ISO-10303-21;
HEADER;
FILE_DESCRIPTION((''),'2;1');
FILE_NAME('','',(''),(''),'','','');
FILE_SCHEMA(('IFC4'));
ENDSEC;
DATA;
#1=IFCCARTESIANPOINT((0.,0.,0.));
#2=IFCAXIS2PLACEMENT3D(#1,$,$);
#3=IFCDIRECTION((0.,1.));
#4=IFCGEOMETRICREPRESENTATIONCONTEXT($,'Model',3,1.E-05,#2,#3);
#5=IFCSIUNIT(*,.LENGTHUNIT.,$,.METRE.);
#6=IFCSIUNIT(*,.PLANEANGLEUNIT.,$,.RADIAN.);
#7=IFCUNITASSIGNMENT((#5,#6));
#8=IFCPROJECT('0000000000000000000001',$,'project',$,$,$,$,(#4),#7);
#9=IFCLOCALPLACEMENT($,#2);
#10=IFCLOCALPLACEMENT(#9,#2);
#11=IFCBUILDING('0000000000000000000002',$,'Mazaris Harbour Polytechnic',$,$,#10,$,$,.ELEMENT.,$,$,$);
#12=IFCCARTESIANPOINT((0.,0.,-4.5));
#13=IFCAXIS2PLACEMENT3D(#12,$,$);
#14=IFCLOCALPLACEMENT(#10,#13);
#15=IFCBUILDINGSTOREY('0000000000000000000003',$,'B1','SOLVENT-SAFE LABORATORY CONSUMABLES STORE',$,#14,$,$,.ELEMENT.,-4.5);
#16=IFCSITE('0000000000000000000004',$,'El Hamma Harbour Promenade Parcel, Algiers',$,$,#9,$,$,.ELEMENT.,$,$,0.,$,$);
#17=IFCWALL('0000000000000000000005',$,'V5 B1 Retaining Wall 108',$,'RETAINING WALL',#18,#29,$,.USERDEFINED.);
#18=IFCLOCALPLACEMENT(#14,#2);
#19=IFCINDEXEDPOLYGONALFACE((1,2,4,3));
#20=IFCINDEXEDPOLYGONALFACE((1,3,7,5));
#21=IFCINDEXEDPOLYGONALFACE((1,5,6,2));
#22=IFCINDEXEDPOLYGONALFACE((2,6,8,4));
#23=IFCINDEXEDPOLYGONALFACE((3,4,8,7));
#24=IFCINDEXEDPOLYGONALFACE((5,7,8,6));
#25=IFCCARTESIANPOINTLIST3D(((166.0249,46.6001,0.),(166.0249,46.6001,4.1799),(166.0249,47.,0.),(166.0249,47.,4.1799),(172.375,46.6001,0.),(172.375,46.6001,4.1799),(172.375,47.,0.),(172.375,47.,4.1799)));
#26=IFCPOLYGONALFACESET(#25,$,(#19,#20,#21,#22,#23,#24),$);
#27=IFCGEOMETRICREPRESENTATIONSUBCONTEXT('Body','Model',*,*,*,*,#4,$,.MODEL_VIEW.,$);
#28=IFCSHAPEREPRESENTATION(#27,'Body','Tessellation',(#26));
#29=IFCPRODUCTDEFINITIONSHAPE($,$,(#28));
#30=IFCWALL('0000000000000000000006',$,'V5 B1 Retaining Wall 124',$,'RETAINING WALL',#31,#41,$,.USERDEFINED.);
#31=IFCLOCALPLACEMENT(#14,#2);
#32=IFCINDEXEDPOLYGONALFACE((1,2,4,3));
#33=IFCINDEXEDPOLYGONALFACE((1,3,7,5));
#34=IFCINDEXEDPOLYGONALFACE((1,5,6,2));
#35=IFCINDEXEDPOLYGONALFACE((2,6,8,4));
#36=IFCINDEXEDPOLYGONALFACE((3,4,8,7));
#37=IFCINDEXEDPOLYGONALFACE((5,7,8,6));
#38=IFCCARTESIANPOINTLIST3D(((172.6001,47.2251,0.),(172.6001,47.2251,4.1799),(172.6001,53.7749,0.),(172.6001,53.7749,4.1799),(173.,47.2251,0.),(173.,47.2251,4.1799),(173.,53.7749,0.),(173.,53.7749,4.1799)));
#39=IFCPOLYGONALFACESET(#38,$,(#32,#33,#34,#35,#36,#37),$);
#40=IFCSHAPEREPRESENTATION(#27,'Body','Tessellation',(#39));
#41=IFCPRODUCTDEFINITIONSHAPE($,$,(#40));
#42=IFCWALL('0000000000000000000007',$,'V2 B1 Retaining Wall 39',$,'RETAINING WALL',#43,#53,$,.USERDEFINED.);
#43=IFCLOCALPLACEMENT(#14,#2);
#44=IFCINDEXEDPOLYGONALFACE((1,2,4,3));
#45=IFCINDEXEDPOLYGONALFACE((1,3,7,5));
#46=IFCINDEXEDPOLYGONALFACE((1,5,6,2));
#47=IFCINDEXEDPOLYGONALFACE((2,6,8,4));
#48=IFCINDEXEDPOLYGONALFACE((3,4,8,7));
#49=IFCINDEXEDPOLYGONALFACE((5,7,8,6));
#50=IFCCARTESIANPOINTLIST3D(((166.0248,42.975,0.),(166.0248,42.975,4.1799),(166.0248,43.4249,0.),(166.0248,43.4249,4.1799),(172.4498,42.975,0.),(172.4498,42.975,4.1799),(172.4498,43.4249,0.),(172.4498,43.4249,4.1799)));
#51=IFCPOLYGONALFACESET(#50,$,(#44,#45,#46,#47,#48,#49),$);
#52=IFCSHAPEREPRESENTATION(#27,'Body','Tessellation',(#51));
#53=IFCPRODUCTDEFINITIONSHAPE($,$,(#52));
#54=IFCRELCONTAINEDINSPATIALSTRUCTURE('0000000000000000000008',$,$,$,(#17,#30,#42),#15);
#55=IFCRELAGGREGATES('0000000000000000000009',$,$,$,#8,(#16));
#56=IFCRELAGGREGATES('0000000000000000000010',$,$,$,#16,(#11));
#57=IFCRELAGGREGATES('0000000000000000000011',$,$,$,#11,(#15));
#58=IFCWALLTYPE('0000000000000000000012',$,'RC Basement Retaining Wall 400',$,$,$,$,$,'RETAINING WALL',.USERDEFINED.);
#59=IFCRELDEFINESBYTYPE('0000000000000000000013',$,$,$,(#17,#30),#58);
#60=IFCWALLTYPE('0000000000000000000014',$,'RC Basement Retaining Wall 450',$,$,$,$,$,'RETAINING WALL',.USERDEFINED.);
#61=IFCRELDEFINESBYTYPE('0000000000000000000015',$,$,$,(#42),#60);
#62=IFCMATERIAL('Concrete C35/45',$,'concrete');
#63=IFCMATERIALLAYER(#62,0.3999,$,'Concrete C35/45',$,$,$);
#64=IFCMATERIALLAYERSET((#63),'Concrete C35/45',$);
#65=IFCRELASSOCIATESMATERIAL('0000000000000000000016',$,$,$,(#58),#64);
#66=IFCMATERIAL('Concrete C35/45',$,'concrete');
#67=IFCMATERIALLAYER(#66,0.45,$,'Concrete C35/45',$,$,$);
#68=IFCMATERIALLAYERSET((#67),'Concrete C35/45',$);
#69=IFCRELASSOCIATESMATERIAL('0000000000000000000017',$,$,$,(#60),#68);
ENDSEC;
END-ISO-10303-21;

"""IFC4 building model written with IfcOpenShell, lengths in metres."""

from ifc_helpers import new_model, si_unit, direction, frame, frame_2d, origin, place, context, subcontext, project, spatial, rectangle, extrude, material, layer, layer_set, type_object, element, save


model = new_model("IFC4")

# Units and contexts
model_context = context("Model", 3, precision=1e-05, world=origin(), true_north=direction((0.0, 1.0)))
body_context = subcontext(model_context, "Body", "Model", "MODEL_VIEW")
ifc_project = project(units=[si_unit("LENGTHUNIT", "METRE"), si_unit("PLANEANGLEUNIT", "RADIAN")], contexts=[model_context])

# Site, building, storey
site_placement = place(None, origin())
site = spatial("IfcSite", under=ifc_project, at=site_placement, Name="El Hamma Harbour Promenade Parcel, Algiers", CompositionType="ELEMENT", RefElevation=0.0)
building_placement = place(site_placement, origin())
building = spatial("IfcBuilding", under=site, at=building_placement, Name="Mazaris Harbour Polytechnic", CompositionType="ELEMENT")
storey_placement = place(building_placement, frame((0.0, 0.0, -4.5)))
storey = spatial("IfcBuildingStorey", under=building, at=storey_placement, Name="B1", Description="SOLVENT-SAFE LABORATORY CONSUMABLES STORE", CompositionType="ELEMENT", Elevation=-4.5)

# Walls
ifc_material_1 = material(Name="Concrete C35/45", Category="concrete")
ifc_layer_1 = layer(ifc_material_1, 0.3999, Name="Concrete C35/45")
ifc_layer_set_1 = layer_set([ifc_layer_1], Name="Concrete C35/45")
wall_type_1 = type_object("IfcWallType", Name="RC Basement Retaining Wall 400", ElementType="RETAINING WALL", PredefinedType="USERDEFINED", material=ifc_layer_set_1)
wall_1_placement = place(storey_placement, frame((166.0249, 46.8, 0.0), z_axis=(0.0, 0.0, 1.0), x_axis=(1.0, 0.0, 0.0)))
element("IfcWall", 1, at=wall_1_placement, inside=storey, type_object=wall_type_1, Name="V5 B1 Retaining Wall 108", ObjectType="RETAINING WALL", PredefinedType="USERDEFINED", context=body_context, shape_type="SweptSolid", body=[
    extrude(rectangle(XDim=6.3501, YDim=0.3999, at=frame_2d((3.175, 0.0))), origin(), (0.0, 0.0, 1.0), 4.1799),
])
wall_2_placement = place(storey_placement, frame((172.8, 47.2251, 0.0), z_axis=(0.0, 0.0, 1.0), x_axis=(0.0, 1.0, 0.0)))
element("IfcWall", 2, at=wall_2_placement, inside=storey, type_object=wall_type_1, Name="V5 B1 Retaining Wall 124", ObjectType="RETAINING WALL", PredefinedType="USERDEFINED", context=body_context, shape_type="SweptSolid", body=[
    extrude(rectangle(XDim=6.5498, YDim=0.3999, at=frame_2d((3.2749, 0.0))), origin(), (0.0, 0.0, 1.0), 4.1799),
])
ifc_material_2 = material(Name="Concrete C35/45", Category="concrete")
ifc_layer_2 = layer(ifc_material_2, 0.45, Name="Concrete C35/45")
ifc_layer_set_2 = layer_set([ifc_layer_2], Name="Concrete C35/45")
wall_type_2 = type_object("IfcWallType", Name="RC Basement Retaining Wall 450", ElementType="RETAINING WALL", PredefinedType="USERDEFINED", material=ifc_layer_set_2)
wall_3_placement = place(storey_placement, frame((166.0249, 43.2, 0.0), z_axis=(0.0, 0.0, 1.0), x_axis=(1.0, 0.0, 0.0)))
element("IfcWall", 3, at=wall_3_placement, inside=storey, type_object=wall_type_2, Name="V2 B1 Retaining Wall 39", ObjectType="RETAINING WALL", PredefinedType="USERDEFINED", context=body_context, shape_type="SweptSolid", body=[
    extrude(rectangle(XDim=6.425, YDim=0.45, at=frame_2d((3.2124, 0.0))), origin(), (0.0, 0.0, 1.0), 4.1799),
])

save(model, "model.ifc")
